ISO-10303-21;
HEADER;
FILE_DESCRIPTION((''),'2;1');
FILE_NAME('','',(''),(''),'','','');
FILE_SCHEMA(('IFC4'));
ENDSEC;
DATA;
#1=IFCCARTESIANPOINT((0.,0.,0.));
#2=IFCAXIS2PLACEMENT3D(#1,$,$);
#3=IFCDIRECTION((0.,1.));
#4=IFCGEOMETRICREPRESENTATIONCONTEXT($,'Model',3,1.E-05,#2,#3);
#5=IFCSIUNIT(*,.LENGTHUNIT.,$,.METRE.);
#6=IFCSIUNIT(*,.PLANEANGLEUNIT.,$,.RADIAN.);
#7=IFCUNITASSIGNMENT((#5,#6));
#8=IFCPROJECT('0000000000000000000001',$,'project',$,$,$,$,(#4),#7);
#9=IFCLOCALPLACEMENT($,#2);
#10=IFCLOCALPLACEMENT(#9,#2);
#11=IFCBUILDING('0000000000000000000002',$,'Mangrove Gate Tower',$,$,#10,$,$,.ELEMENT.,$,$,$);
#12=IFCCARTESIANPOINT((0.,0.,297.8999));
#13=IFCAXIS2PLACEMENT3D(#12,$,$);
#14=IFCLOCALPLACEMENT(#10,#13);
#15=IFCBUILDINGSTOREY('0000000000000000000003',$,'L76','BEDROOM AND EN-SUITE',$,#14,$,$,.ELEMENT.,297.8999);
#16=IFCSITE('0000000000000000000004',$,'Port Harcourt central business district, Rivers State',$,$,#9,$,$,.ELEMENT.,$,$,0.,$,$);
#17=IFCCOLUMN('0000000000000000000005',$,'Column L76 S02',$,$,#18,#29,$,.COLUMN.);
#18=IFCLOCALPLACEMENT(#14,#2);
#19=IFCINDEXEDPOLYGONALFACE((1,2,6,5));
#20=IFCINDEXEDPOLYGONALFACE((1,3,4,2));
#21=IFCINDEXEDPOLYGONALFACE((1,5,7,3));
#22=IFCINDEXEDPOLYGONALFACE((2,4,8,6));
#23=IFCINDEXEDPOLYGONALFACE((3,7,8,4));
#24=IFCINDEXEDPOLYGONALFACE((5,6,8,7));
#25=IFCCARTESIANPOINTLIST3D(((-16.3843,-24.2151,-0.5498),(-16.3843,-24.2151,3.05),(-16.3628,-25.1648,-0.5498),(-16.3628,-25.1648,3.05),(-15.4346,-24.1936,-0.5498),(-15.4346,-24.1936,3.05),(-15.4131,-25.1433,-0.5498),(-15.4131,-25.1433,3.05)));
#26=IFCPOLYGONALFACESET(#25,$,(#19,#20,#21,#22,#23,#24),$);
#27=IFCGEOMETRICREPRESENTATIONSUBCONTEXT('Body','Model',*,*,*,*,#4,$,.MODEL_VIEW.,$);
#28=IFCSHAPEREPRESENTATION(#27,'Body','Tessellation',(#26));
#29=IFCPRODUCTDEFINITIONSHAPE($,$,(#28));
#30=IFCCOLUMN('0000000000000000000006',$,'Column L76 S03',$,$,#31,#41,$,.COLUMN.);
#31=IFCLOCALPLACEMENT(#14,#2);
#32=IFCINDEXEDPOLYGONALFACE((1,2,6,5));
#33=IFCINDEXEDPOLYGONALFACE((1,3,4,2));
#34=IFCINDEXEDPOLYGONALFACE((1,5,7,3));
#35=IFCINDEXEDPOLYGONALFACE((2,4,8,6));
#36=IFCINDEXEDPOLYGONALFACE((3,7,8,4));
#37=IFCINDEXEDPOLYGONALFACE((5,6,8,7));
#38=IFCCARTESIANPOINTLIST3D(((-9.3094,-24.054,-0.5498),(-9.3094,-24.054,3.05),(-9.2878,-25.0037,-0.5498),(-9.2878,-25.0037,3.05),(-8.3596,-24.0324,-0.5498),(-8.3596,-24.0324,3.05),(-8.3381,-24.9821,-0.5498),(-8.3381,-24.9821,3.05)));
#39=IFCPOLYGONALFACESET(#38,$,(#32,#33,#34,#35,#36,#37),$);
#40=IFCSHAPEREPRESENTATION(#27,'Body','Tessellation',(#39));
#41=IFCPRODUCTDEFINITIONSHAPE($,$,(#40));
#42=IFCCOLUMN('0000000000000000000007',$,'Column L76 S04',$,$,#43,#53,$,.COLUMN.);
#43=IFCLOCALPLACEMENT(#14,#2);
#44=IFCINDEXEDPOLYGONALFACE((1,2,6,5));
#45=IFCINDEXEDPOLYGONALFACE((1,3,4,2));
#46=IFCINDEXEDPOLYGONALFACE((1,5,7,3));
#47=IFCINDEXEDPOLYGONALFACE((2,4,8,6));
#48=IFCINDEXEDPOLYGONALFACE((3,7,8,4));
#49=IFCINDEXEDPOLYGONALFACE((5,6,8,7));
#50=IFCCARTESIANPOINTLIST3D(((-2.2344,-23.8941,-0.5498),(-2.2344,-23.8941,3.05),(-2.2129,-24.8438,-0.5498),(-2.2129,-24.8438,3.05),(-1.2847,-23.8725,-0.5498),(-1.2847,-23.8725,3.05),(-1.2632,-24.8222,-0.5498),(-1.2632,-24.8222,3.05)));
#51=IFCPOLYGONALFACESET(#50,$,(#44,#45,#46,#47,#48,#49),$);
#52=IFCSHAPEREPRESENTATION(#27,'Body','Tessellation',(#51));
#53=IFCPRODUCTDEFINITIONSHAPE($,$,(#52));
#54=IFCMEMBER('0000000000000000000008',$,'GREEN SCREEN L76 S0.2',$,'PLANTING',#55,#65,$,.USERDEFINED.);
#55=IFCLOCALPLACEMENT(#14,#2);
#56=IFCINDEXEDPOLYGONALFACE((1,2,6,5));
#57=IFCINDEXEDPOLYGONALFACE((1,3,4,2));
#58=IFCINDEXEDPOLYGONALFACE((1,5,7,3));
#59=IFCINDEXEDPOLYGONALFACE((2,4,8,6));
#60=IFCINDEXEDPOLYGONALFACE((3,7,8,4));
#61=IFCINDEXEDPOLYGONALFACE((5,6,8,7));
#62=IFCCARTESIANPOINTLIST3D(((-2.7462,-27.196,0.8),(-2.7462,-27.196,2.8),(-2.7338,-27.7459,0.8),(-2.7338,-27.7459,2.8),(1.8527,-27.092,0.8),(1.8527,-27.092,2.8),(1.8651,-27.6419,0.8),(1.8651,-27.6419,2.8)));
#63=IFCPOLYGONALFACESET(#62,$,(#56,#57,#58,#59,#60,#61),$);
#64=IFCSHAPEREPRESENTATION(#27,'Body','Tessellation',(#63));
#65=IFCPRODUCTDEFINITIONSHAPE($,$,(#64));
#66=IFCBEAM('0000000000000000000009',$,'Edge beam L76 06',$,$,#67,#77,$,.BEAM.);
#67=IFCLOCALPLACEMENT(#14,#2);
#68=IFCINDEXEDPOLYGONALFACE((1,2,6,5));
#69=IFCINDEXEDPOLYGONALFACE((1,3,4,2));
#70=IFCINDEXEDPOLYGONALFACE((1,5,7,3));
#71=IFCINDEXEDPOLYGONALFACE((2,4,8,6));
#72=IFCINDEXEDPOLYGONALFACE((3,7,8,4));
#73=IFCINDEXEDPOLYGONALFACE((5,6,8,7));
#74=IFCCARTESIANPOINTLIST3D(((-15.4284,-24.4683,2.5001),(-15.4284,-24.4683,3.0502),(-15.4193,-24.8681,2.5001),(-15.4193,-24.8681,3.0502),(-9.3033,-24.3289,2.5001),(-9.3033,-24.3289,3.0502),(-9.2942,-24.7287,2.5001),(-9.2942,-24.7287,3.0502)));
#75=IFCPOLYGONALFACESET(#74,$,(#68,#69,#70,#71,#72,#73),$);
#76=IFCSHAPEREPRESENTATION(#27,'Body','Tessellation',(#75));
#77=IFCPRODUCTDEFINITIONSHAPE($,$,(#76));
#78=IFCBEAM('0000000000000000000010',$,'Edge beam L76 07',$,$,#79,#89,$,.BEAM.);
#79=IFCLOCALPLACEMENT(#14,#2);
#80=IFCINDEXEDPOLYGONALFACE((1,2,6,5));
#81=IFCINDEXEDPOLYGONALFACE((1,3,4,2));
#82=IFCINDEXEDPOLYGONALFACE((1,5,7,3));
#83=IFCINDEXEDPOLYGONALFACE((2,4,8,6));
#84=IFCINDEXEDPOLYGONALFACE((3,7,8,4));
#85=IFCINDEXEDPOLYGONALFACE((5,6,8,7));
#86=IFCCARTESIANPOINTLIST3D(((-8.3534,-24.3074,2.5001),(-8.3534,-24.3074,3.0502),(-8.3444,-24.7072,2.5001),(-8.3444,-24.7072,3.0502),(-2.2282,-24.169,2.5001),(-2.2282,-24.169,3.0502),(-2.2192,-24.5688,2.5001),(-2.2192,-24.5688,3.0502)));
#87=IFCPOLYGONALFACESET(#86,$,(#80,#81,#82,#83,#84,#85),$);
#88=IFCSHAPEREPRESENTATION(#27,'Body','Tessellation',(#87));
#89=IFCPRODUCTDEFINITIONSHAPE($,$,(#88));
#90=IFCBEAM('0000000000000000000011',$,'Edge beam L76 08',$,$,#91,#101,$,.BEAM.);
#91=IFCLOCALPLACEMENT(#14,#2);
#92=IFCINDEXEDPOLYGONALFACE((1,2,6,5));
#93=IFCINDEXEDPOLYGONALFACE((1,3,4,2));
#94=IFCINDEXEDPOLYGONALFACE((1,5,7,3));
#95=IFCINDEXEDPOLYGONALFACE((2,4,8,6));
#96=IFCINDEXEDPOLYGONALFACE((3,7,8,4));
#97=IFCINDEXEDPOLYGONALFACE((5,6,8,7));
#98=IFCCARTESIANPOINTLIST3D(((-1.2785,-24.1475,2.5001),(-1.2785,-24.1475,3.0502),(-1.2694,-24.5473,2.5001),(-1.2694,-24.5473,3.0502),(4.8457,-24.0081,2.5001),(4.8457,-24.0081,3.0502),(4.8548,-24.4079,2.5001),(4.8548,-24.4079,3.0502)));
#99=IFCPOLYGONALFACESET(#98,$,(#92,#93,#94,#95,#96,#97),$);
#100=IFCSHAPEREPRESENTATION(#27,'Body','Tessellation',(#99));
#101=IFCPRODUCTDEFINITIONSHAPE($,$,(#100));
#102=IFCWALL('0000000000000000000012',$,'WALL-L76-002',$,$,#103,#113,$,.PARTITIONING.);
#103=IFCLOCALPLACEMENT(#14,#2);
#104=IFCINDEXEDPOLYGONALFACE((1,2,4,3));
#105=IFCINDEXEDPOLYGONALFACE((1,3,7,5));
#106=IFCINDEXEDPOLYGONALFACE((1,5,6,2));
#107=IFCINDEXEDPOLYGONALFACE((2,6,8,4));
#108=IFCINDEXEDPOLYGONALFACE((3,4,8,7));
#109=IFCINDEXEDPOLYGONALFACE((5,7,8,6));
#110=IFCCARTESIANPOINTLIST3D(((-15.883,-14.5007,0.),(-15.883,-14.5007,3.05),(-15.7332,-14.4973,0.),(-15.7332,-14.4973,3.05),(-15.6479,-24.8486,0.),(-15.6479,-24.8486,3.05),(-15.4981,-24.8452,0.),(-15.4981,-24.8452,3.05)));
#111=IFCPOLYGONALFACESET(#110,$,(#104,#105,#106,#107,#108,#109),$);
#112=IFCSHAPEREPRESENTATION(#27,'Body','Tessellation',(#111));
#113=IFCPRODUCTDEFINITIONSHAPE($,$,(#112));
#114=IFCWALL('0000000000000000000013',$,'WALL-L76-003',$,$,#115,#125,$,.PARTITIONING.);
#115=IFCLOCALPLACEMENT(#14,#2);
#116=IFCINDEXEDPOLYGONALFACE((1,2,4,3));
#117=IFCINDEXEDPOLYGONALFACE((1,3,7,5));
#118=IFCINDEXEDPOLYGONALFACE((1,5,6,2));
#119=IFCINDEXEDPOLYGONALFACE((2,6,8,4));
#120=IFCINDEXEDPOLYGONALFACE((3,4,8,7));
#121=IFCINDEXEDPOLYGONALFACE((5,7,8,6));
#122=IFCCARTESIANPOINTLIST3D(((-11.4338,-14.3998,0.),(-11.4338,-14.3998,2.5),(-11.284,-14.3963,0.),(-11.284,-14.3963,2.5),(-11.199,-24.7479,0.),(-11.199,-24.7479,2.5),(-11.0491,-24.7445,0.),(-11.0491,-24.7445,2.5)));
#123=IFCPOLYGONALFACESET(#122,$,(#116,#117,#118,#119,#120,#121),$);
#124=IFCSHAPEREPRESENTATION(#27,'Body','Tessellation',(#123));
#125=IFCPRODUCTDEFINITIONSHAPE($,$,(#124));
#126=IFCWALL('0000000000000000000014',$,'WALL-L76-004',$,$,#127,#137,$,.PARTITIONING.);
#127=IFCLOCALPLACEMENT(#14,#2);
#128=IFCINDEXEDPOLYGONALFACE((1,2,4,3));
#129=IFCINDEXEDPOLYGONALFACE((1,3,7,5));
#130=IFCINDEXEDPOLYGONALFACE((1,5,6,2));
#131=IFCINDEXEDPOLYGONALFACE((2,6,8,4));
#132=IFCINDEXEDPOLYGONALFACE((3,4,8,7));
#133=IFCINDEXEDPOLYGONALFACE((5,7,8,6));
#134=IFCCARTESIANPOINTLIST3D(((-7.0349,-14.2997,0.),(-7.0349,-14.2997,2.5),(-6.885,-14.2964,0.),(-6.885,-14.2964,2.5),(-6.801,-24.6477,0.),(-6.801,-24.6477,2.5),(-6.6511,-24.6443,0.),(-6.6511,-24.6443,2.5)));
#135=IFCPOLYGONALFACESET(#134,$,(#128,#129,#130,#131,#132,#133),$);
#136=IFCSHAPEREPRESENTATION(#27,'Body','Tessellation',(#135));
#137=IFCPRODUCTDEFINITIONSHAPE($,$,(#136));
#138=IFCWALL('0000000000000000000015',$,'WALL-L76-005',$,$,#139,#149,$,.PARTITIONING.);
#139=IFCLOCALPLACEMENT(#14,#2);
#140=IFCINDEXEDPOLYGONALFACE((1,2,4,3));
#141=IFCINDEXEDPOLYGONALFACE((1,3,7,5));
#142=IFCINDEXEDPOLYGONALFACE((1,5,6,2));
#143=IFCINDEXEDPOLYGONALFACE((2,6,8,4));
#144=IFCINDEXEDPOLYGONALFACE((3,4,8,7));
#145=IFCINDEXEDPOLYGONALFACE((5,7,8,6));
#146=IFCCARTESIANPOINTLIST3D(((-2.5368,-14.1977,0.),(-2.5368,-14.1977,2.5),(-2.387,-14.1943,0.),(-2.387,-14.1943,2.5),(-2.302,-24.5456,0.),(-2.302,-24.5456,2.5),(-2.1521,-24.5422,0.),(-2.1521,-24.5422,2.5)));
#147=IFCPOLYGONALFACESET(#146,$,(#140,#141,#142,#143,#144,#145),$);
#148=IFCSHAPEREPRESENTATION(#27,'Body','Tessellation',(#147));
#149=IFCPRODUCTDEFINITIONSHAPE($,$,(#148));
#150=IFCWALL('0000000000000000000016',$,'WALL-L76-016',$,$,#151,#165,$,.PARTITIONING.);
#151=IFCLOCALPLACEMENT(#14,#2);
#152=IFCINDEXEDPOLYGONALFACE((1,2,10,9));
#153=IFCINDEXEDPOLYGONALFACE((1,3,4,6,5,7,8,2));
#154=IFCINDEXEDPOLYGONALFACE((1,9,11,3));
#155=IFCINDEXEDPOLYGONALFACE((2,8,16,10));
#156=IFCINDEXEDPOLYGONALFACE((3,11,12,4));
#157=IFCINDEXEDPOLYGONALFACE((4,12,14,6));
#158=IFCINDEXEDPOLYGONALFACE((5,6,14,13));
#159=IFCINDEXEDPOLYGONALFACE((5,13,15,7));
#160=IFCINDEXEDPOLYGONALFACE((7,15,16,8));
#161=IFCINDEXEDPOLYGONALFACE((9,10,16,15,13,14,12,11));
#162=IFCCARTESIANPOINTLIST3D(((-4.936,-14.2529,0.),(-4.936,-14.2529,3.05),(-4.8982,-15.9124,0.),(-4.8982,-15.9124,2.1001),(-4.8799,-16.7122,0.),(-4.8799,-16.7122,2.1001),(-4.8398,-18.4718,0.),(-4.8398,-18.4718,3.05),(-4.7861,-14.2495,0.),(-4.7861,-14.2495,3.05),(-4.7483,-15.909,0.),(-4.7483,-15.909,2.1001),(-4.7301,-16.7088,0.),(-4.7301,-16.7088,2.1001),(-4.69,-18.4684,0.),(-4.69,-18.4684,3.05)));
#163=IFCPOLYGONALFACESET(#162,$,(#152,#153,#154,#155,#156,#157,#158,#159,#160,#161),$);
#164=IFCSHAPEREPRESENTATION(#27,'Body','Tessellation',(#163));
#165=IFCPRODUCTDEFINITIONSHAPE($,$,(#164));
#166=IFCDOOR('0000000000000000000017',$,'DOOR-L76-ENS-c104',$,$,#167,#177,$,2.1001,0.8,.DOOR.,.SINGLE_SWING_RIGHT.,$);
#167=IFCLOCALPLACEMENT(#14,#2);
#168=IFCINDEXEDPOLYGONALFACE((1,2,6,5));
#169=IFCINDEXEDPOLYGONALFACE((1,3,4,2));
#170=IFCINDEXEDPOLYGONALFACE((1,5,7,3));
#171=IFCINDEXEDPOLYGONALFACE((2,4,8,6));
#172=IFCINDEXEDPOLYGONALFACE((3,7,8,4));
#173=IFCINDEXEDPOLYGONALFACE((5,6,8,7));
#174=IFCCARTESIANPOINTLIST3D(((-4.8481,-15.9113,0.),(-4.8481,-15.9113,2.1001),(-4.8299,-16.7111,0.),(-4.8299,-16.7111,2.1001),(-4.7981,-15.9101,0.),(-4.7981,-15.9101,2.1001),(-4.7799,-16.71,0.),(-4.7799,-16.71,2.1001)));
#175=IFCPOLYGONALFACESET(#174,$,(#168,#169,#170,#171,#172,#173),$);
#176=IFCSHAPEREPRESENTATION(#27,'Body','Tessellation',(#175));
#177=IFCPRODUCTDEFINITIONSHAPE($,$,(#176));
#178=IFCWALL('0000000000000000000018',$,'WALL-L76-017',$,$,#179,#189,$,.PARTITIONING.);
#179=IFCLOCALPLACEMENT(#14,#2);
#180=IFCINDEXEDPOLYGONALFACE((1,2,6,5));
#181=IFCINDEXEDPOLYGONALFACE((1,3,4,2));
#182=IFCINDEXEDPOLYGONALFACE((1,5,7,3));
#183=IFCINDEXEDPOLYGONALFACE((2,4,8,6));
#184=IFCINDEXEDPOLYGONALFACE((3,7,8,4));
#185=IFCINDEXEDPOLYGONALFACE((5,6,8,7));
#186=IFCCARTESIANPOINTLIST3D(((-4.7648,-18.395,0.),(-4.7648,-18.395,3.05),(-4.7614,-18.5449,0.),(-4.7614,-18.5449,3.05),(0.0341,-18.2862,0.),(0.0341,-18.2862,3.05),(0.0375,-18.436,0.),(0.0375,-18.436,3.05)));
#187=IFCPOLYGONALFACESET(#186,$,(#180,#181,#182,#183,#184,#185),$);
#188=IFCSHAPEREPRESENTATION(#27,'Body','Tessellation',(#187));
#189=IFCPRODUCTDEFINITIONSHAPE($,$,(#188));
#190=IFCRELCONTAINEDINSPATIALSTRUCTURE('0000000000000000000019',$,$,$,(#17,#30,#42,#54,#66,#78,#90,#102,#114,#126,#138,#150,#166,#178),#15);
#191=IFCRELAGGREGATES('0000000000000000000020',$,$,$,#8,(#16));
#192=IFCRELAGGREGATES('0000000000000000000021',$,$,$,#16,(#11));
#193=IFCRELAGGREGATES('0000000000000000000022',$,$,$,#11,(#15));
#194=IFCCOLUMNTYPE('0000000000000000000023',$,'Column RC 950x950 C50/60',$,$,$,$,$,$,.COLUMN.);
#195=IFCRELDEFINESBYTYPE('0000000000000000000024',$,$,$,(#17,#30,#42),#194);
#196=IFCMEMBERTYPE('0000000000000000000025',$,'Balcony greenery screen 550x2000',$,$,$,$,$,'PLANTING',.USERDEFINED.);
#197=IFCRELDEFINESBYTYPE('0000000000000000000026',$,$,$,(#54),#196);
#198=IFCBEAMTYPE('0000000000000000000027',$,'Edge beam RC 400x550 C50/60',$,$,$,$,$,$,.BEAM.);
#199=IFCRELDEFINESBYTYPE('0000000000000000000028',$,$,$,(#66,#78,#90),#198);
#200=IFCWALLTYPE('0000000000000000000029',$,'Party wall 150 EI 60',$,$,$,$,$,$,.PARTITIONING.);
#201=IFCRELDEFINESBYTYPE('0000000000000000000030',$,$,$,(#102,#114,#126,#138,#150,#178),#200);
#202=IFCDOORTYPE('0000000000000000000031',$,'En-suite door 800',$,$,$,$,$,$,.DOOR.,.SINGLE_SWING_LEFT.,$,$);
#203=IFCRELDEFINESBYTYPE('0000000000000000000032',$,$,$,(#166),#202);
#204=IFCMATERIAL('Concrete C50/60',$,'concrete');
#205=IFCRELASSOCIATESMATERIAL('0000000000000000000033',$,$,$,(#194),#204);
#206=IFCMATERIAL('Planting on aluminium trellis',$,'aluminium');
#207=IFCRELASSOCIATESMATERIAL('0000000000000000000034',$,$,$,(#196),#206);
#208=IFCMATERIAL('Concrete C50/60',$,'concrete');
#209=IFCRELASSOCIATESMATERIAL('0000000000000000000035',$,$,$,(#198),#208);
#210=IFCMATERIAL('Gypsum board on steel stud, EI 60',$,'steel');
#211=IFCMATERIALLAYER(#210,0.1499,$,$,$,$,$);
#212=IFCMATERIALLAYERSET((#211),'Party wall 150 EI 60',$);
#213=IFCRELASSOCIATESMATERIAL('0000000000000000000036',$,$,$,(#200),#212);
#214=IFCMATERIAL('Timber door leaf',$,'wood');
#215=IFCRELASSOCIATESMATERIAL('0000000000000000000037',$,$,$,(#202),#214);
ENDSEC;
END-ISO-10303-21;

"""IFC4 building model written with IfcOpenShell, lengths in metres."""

from ifc_helpers import new_model, si_unit, direction, frame, frame_2d, origin, origin_2d, place, context, subcontext, project, spatial, rectangle, extrude, material, layer, layer_set, material_profile, profile_set, type_object, element, fill, save


model = new_model("IFC4")

# Units and contexts
model_context = context("Model", 3, precision=1e-05, world=origin(), true_north=direction((0.0, 1.0)))
body_context = subcontext(model_context, "Body", "Model", "MODEL_VIEW")
ifc_project = project(units=[si_unit("LENGTHUNIT", "METRE"), si_unit("PLANEANGLEUNIT", "RADIAN")], contexts=[model_context])

# Site, building, storey
site_placement = place(None, origin())
site = spatial("IfcSite", under=ifc_project, at=site_placement, Name="Port Harcourt central business district, Rivers State", CompositionType="ELEMENT", RefElevation=0.0)
building_placement = place(site_placement, origin())
building = spatial("IfcBuilding", under=site, at=building_placement, Name="Mangrove Gate Tower", CompositionType="ELEMENT")
storey_placement = place(building_placement, frame((0.0, 0.0, 297.8999)))
storey = spatial("IfcBuildingStorey", under=building, at=storey_placement, Name="L76", Description="BEDROOM AND EN-SUITE", CompositionType="ELEMENT", Elevation=297.8999)

# Columns
ifc_material_1 = material(Name="Concrete C50/60", Category="concrete")
ifc_material_profile_1 = material_profile(ifc_material_1, rectangle(XDim=0.95, YDim=0.95, at=origin_2d()))
ifc_profile_set_1 = profile_set([ifc_material_profile_1], Name="Concrete C50/60")
column_type = type_object("IfcColumnType", Name="Column RC 950x950 C50/60", PredefinedType="COLUMN", material=ifc_profile_set_1)
for number, where, z_axis, x_axis, name in (
    (1, (-15.8987, -24.6792, -0.5498), (0.0, 0.0, 1.0), (0.999743, 0.02268, 0.0), "Column L76 S02"),
    (2, (-8.8237, -24.5181, -0.5498), (0.0, 0.0, 1.0), (0.999743, 0.02268, 0.0), "Column L76 S03"),
    (3, (-1.7488, -24.3582, -0.5498), (0.0, 0.0, 1.0), (0.999743, 0.022681, 0.0), "Column L76 S04"),
):
    element("IfcColumn", number, at=place(storey_placement, frame(where, z_axis=z_axis, x_axis=x_axis)), inside=storey, type_object=column_type, Name=name, PredefinedType="COLUMN", context=body_context, shape_type="SweptSolid", body=[
        extrude(rectangle(XDim=0.95, YDim=0.95, at=origin_2d()), origin(), (0.0, 0.0, 1.0), 3.5999),
    ])

# Member
ifc_material_2 = material(Name="Planting on aluminium trellis", Category="aluminium")
ifc_material_profile_2 = material_profile(ifc_material_2, rectangle(XDim=0.55, YDim=2.0, at=origin_2d()))
ifc_profile_set_2 = profile_set([ifc_material_profile_2], Name="Planting on aluminium trellis")
member_type = type_object("IfcMemberType", Name="Balcony greenery screen 550x2000", ElementType="PLANTING", PredefinedType="USERDEFINED", material=ifc_profile_set_2)
member_placement = place(storey_placement, frame((-2.74, -27.4709, 1.8), z_axis=(0.999744, 0.022609, 0.0), x_axis=(-0.022609, 0.999744, 0.0)))
element("IfcMember", 4, at=member_placement, inside=storey, type_object=member_type, Name="GREEN SCREEN L76 S0.2", ObjectType="PLANTING", PredefinedType="USERDEFINED", context=body_context, shape_type="SweptSolid", body=[
    extrude(rectangle(XDim=0.55, YDim=2.0, at=origin_2d()), origin(), (0.0, 0.0, 1.0), 4.6001),
])

# Beams
ifc_material_3 = material(Name="Concrete C50/60", Category="concrete")
ifc_material_profile_3 = material_profile(ifc_material_3, rectangle(XDim=0.3999, YDim=0.55, at=origin_2d()))
ifc_profile_set_3 = profile_set([ifc_material_profile_3], Name="Concrete C50/60")
beam_type = type_object("IfcBeamType", Name="Edge beam RC 400x550 C50/60", PredefinedType="BEAM", material=ifc_profile_set_3)
for number, where, z_axis, x_axis, name in (
    (5, (-15.4238, -24.6682, 2.7751), (0.999741, 0.022753, 0.0), (-0.022753, 0.999741, 0.0), "Edge beam L76 06"),
    (6, (-8.3489, -24.5073, 2.7751), (0.999745, 0.022594, 0.0), (-0.022594, 0.999745, 0.0), "Edge beam L76 07"),
):
    element("IfcBeam", number, at=place(storey_placement, frame(where, z_axis=z_axis, x_axis=x_axis)), inside=storey, type_object=beam_type, Name=name, PredefinedType="BEAM", context=body_context, shape_type="SweptSolid", body=[
        extrude(rectangle(XDim=0.3999, YDim=0.55, at=origin_2d()), origin(), (0.0, 0.0, 1.0), 6.1267),
    ])
beam_placement = place(storey_placement, frame((-1.2739, -24.3474, 2.7751), z_axis=(0.999741, 0.022757, 0.0), x_axis=(-0.022757, 0.999741, 0.0)))
element("IfcBeam", 7, at=beam_placement, inside=storey, type_object=beam_type, Name="Edge beam L76 08", PredefinedType="BEAM", context=body_context, shape_type="SweptSolid", body=[
    extrude(rectangle(XDim=0.3999, YDim=0.55, at=origin_2d()), origin(), (0.0, 0.0, 1.0), 6.1257),
])

# Walls
ifc_material_4 = material(Name="Gypsum board on steel stud, EI 60", Category="steel")
ifc_layer_1 = layer(ifc_material_4, 0.1499)
ifc_layer_set_1 = layer_set([ifc_layer_1], Name="Party wall 150 EI 60")
wall_type_1 = type_object("IfcWallType", Name="Party wall 150 EI 60", PredefinedType="PARTITIONING", material=ifc_layer_set_1)
wall_1_placement = place(storey_placement, frame((-15.573, -24.8469, 0.0), z_axis=(0.0, 0.0, 1.0), x_axis=(-0.022714, 0.999742, 0.0)))
element("IfcWall", 8, at=wall_1_placement, inside=storey, type_object=wall_type_1, Name="WALL-L76-002", PredefinedType="PARTITIONING", context=body_context, shape_type="SweptSolid", body=[
    extrude(rectangle(XDim=10.3506, YDim=0.1499, at=frame_2d((5.1753, 0.0))), origin(), (0.0, 0.0, 1.0), 3.05),
])
wall_2_placement = place(storey_placement, frame((-11.124, -24.7461, 0.0), z_axis=(0.0, 0.0, 1.0), x_axis=(-0.02269, 0.999743, 0.0)))
element("IfcWall", 9, at=wall_2_placement, inside=storey, type_object=wall_type_1, Name="WALL-L76-003", PredefinedType="PARTITIONING", context=body_context, shape_type="SweptSolid", body=[
    extrude(rectangle(XDim=10.3508, YDim=0.1499, at=frame_2d((5.1753, 0.0))), origin(), (0.0, 0.0, 1.0), 2.5),
])
for number, where, z_axis, x_axis, name in (
    (10, (-6.7261, -24.646, 0.0), (0.0, 0.0, 1.0), (-0.022597, 0.999745, 0.0), "WALL-L76-004"),
    (11, (-2.2271, -24.5439, 0.0), (0.0, 0.0, 1.0), (-0.022691, 0.999743, 0.0), "WALL-L76-005"),
):
    element("IfcWall", number, at=place(storey_placement, frame(where, z_axis=z_axis, x_axis=x_axis)), inside=storey, type_object=wall_type_1, Name=name, PredefinedType="PARTITIONING", context=body_context, shape_type="SweptSolid", body=[
        extrude(rectangle(XDim=10.3506, YDim=0.1499, at=frame_2d((5.1753, 0.0))), origin(), (0.0, 0.0, 1.0), 2.5),
    ])

# Wall, opening, door
wall_3_placement = place(storey_placement, frame((-4.7649, -18.47, 0.0), z_axis=(0.0, 0.0, 1.0), x_axis=(-0.022794, 0.99974, 0.0)))
wall_3 = element("IfcWall", 12, at=wall_3_placement, inside=storey, type_object=wall_type_1, Name="WALL-L76-016", PredefinedType="PARTITIONING", context=body_context, shape_type="SweptSolid", body=[
    extrude(rectangle(XDim=4.22, YDim=0.1499, at=frame_2d((2.1099, 0.0))), origin(), (0.0, 0.0, 1.0), 3.05),
])
opening_1_placement = place(wall_3_placement, frame((1.76, 0.0, 0.0)))
opening_1 = element("IfcOpeningElement", 13, at=opening_1_placement, cuts=wall_3, PredefinedType="OPENING", context=body_context, shape_type="SweptSolid", body=[
    extrude(rectangle(XDim=0.8, YDim=2.1001, at=frame_2d((0.3999, 1.05))), frame((0.0, 0.085, 0.0), z_axis=(0.0, -1.0, 0.0), x_axis=(1.0, 0.0, 0.0)), (0.0, 0.0, 1.0), 0.1699),
])
ifc_material_5 = material(Name="Timber door leaf", Category="wood")
door_type = type_object("IfcDoorType", Name="En-suite door 800", OperationType="SINGLE_SWING_LEFT", PredefinedType="DOOR", material=ifc_material_5)
door_1_placement = place(opening_1_placement, origin())
door_1 = element("IfcDoor", 14, at=door_1_placement, inside=storey, type_object=door_type, Name="DOOR-L76-ENS-c104", OperationType="SINGLE_SWING_RIGHT", OverallHeight=2.1001, OverallWidth=0.8, PredefinedType="DOOR", context=body_context, shape_type="SweptSolid", body=[
    extrude(rectangle(XDim=0.8, YDim=2.1001, at=frame_2d((0.3999, 1.05))), frame((0.0, 0.0249, 0.0), z_axis=(0.0, -1.0, 0.0), x_axis=(1.0, 0.0, 0.0)), (0.0, 0.0, 1.0), 0.05),
])
fill(opening_1, door_1)

# Wall
wall_4_placement = place(storey_placement, frame((-4.7629, -18.47, 0.0), z_axis=(0.0, 0.0, 1.0), x_axis=(0.999743, 0.022684, 0.0)))
element("IfcWall", 15, at=wall_4_placement, inside=storey, type_object=wall_type_1, Name="WALL-L76-017", PredefinedType="PARTITIONING", context=body_context, shape_type="SweptSolid", body=[
    extrude(rectangle(XDim=4.8, YDim=0.1499, at=frame_2d((2.3999, 0.0))), origin(), (0.0, 0.0, 1.0), 3.05),
])

save(model, "model.ifc")
